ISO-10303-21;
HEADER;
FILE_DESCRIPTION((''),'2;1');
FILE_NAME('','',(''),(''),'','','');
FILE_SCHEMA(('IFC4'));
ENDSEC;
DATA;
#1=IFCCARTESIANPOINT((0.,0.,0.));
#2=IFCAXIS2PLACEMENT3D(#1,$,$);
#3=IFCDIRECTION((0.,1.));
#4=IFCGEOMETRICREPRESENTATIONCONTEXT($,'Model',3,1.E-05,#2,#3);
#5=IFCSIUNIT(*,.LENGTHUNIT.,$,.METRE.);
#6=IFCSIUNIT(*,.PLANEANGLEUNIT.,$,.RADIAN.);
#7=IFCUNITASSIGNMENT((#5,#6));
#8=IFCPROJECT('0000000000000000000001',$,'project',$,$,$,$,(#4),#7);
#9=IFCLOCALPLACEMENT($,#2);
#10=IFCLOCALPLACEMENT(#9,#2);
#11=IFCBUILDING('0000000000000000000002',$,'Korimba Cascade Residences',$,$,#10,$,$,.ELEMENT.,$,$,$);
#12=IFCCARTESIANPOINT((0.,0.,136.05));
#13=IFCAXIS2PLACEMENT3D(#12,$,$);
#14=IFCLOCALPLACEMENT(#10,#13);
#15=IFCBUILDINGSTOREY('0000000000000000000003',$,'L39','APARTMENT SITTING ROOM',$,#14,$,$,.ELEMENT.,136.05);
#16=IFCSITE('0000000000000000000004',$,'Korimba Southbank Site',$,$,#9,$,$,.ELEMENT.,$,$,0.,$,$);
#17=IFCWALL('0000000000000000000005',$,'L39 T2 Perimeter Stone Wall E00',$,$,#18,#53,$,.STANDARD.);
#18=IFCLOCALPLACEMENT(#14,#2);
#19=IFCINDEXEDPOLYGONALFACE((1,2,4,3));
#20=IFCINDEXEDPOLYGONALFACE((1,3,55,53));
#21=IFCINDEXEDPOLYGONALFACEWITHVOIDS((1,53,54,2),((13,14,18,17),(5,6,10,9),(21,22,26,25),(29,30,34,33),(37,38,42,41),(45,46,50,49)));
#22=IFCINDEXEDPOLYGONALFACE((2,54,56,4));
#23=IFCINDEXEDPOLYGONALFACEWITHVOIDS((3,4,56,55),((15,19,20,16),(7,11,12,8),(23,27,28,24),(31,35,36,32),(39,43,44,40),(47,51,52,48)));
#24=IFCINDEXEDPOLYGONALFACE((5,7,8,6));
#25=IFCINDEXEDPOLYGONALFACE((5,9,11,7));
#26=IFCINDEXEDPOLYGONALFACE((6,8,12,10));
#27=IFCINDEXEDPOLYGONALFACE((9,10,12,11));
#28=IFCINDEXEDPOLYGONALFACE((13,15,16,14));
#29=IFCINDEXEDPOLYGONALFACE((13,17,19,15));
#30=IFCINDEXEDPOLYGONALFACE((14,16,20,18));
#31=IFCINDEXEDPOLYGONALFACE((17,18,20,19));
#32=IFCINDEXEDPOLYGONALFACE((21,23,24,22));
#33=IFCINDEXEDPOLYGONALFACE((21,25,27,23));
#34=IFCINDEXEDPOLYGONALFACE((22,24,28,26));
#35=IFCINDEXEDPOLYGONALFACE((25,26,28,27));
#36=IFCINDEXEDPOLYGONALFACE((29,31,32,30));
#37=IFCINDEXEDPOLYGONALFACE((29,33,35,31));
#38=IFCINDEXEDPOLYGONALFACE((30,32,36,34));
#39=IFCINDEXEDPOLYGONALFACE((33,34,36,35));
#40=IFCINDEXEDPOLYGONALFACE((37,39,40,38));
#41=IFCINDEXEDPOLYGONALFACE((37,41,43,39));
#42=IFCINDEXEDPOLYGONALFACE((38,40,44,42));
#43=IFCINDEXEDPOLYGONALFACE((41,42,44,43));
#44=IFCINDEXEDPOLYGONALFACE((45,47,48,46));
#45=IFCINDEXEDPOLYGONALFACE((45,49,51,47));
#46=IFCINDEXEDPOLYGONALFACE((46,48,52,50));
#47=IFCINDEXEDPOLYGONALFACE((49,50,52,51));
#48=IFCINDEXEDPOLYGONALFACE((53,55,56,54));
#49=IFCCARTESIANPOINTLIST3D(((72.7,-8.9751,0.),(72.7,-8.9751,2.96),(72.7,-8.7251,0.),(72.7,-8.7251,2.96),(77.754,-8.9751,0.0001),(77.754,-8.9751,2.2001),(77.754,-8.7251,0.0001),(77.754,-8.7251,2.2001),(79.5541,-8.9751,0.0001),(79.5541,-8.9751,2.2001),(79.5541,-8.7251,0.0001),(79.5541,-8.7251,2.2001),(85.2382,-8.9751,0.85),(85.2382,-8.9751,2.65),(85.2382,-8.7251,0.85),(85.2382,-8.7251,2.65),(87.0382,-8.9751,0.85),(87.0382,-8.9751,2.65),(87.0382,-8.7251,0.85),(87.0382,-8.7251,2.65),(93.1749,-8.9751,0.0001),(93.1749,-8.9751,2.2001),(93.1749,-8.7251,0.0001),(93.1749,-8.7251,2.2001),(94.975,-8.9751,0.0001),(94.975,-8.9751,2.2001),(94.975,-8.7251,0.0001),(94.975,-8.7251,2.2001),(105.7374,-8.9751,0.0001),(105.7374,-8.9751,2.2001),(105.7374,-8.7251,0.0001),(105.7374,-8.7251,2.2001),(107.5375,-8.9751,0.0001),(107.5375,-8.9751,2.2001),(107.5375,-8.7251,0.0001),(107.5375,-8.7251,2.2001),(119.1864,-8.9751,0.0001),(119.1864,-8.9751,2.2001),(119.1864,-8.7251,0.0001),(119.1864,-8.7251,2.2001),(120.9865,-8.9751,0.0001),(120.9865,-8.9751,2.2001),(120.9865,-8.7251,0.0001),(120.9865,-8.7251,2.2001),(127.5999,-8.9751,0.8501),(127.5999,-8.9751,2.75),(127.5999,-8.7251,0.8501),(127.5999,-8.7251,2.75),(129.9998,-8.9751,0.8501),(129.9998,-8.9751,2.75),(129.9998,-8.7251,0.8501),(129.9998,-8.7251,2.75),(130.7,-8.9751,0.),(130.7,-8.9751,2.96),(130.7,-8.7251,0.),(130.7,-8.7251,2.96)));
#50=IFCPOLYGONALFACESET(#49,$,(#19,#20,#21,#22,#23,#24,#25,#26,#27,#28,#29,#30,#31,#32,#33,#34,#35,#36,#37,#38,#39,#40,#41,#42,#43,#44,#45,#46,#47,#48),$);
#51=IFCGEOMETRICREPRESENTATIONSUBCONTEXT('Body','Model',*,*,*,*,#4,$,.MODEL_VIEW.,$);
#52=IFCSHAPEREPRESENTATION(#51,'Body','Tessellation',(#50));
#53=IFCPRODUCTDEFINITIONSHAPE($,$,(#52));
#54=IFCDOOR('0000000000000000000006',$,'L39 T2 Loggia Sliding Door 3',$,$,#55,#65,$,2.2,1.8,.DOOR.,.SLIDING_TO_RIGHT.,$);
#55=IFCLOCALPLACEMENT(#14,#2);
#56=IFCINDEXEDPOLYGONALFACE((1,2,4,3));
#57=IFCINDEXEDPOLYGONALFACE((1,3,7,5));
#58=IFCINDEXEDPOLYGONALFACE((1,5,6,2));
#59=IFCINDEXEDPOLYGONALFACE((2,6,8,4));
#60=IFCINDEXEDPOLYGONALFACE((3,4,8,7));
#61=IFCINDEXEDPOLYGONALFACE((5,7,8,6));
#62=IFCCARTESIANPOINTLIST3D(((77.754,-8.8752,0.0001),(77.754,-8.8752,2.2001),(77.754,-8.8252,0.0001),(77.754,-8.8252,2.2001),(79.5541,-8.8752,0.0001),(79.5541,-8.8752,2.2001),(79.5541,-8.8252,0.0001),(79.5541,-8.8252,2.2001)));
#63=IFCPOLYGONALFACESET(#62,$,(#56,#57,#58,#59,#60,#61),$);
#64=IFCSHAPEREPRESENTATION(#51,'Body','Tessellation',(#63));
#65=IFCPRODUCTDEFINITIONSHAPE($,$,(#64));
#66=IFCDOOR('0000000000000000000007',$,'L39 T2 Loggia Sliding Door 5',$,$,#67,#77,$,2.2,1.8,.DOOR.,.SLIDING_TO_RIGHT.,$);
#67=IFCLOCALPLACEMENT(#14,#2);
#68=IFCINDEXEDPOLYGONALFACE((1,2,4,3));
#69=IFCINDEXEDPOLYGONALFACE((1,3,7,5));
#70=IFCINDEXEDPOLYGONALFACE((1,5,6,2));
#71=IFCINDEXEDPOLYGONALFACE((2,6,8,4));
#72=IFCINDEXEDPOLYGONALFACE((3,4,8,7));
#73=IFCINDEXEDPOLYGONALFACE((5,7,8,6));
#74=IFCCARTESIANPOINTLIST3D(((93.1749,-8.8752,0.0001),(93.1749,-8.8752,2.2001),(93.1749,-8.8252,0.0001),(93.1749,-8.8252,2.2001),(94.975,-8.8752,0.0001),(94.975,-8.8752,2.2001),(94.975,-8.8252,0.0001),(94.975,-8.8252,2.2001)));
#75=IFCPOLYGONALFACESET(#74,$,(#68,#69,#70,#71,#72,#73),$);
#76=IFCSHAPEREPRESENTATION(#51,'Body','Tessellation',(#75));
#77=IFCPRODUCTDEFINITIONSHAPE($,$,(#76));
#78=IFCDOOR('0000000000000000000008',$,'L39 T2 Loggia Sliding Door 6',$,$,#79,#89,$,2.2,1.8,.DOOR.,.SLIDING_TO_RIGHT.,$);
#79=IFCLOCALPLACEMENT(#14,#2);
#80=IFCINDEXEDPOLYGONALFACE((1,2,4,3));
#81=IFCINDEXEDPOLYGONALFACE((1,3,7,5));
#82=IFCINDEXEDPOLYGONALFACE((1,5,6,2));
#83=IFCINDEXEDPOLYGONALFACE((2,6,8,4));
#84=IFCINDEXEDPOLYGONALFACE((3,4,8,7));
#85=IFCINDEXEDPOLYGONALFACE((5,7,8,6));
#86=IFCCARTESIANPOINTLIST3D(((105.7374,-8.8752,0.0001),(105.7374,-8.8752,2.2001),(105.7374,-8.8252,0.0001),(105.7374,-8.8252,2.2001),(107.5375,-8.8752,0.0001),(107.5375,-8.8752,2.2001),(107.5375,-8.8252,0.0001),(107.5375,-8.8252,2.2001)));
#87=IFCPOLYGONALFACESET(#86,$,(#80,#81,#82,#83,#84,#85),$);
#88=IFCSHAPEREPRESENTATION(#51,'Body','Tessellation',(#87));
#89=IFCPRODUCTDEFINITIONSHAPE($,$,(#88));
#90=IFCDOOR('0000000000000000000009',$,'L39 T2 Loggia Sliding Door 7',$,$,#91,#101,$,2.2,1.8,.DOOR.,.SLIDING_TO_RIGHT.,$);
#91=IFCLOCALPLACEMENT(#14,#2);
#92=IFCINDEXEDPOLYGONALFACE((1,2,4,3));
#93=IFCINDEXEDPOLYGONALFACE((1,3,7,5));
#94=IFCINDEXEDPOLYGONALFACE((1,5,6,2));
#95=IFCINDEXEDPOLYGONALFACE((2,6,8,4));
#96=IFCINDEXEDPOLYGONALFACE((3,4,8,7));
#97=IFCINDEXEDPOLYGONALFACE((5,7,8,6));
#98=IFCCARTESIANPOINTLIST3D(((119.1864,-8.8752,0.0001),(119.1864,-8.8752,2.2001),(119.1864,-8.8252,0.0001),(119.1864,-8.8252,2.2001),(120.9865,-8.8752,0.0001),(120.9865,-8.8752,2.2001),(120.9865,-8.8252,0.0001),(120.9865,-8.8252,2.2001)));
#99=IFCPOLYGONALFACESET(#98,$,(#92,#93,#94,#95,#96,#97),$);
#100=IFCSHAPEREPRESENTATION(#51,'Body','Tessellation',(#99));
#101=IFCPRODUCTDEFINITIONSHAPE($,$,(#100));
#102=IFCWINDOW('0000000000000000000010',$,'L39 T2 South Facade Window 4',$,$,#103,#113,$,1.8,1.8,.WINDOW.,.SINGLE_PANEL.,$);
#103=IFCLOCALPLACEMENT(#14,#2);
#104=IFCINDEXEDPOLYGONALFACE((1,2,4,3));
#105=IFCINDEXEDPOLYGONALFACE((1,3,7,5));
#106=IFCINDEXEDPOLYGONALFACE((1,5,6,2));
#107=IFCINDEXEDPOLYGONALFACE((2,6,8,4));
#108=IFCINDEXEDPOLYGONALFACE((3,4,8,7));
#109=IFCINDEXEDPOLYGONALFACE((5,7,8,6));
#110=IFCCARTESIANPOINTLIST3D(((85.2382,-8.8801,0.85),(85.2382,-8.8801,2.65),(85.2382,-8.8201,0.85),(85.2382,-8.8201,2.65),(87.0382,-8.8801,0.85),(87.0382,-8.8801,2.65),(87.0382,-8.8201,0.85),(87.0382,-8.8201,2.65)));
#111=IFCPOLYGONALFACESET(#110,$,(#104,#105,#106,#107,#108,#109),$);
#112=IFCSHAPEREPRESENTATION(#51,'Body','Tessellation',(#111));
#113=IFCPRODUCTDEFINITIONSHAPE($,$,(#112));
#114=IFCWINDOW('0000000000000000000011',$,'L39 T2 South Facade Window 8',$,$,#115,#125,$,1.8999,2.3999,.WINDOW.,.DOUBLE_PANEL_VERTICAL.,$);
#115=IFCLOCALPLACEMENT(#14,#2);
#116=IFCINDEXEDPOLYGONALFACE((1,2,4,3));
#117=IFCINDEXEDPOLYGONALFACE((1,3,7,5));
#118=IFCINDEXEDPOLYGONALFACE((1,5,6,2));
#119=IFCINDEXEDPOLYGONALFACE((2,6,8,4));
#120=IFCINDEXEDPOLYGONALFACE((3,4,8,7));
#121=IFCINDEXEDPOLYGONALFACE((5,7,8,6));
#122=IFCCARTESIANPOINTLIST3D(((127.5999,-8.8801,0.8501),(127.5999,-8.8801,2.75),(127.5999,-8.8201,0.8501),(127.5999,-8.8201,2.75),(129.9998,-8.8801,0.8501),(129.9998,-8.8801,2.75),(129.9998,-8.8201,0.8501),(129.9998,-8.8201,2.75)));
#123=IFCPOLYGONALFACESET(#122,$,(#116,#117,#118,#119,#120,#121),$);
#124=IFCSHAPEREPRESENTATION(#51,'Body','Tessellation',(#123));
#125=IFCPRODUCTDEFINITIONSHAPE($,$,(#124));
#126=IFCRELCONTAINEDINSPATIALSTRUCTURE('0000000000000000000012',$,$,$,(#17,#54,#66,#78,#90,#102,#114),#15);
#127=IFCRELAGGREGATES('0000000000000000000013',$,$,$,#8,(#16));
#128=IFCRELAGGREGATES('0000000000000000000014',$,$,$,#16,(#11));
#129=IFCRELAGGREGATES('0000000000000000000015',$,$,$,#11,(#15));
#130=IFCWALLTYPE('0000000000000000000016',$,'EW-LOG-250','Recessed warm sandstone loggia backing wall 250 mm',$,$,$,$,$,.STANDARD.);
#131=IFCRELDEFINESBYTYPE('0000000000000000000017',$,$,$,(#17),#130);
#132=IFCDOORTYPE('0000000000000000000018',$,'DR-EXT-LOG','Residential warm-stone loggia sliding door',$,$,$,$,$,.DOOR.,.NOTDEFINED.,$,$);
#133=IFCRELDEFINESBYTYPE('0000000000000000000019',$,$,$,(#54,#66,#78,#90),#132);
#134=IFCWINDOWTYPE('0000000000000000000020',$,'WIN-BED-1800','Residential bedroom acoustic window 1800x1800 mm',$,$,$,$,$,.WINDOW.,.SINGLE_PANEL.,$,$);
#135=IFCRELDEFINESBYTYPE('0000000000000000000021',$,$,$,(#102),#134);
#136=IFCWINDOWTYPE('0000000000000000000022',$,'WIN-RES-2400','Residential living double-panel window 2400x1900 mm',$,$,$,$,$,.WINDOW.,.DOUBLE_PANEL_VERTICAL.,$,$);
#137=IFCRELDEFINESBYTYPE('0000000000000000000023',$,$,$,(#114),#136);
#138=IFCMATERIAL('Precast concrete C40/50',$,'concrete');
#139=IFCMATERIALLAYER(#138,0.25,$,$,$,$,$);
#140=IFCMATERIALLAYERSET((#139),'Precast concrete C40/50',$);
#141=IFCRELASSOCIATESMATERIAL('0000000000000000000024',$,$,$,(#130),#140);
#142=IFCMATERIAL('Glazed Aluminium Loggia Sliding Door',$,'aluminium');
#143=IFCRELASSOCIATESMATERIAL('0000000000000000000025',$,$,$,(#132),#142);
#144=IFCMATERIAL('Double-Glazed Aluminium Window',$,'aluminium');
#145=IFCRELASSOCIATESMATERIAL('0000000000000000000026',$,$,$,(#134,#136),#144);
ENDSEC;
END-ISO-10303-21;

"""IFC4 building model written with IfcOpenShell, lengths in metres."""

from ifc_helpers import new_model, si_unit, direction, frame, frame_2d, origin, place, context, subcontext, project, spatial, rectangle, extrude, material, layer, layer_set, type_object, element, fill, save


model = new_model("IFC4")

# Units and contexts
model_context = context("Model", 3, precision=1e-05, world=origin(), true_north=direction((0.0, 1.0)))
body_context = subcontext(model_context, "Body", "Model", "MODEL_VIEW")
ifc_project = project(units=[si_unit("LENGTHUNIT", "METRE"), si_unit("PLANEANGLEUNIT", "RADIAN")], contexts=[model_context])

# Site, building, storey
site_placement = place(None, origin())
site = spatial("IfcSite", under=ifc_project, at=site_placement, Name="Korimba Southbank Site", CompositionType="ELEMENT", RefElevation=0.0)
building_placement = place(site_placement, origin())
building = spatial("IfcBuilding", under=site, at=building_placement, Name="Korimba Cascade Residences", CompositionType="ELEMENT")
storey_placement = place(building_placement, frame((0.0, 0.0, 136.05)))
storey = spatial("IfcBuildingStorey", under=building, at=storey_placement, Name="L39", Description="APARTMENT SITTING ROOM", CompositionType="ELEMENT", Elevation=136.05)

# Shared definitions
ifc_material_1 = material(Name="Precast concrete C40/50", Category="concrete")

# Wall, openings, doors, windows
ifc_layer_1 = layer(ifc_material_1, 0.25)
ifc_layer_set_1 = layer_set([ifc_layer_1], Name="Precast concrete C40/50")
wall_type_1 = type_object("IfcWallType", Name="EW-LOG-250", Description="Recessed warm sandstone loggia backing wall 250 mm", PredefinedType="STANDARD", material=ifc_layer_set_1)
wall_1_placement = place(storey_placement, frame((72.7, -8.8501, 0.0), z_axis=(0.0, 0.0, 1.0), x_axis=(1.0, 0.0, 0.0)))
wall_1 = element("IfcWall", 1, at=wall_1_placement, inside=storey, type_object=wall_type_1, Name="L39 T2 Perimeter Stone Wall E00", PredefinedType="STANDARD", context=body_context, shape_type="SweptSolid", body=[
    extrude(rectangle(XDim=58.0, YDim=0.25, at=frame_2d((29.0, 0.0))), origin(), (0.0, 0.0, 1.0), 2.96),
])
opening_1_placement = place(wall_1_placement, frame((5.0542, 0.0, 0.0)))
opening_1 = element("IfcOpeningElement", 2, at=opening_1_placement, cuts=wall_1, PredefinedType="OPENING", context=body_context, shape_type="SweptSolid", body=[
    extrude(rectangle(XDim=1.8, YDim=2.2, at=frame_2d((0.8999, 1.1001))), frame((0.0, 0.135, 0.0), z_axis=(0.0, -1.0, 0.0), x_axis=(1.0, 0.0, 0.0)), (0.0, 0.0, 1.0), 0.27),
])
opening_2_placement = place(wall_1_placement, frame((12.5383, 0.0, 0.8501)))
opening_2 = element("IfcOpeningElement", 3, at=opening_2_placement, cuts=wall_1, PredefinedType="OPENING", context=body_context, shape_type="SweptSolid", body=[
    extrude(rectangle(XDim=1.8, YDim=1.8, at=frame_2d((0.8999, 0.8999))), frame((0.0, 0.135, 0.0), z_axis=(0.0, -1.0, 0.0), x_axis=(1.0, 0.0, 0.0)), (0.0, 0.0, 1.0), 0.27),
])
opening_3_placement = place(wall_1_placement, frame((20.4751, 0.0, 0.0)))
opening_3 = element("IfcOpeningElement", 4, at=opening_3_placement, cuts=wall_1, PredefinedType="OPENING", context=body_context, shape_type="SweptSolid", body=[
    extrude(rectangle(XDim=1.8, YDim=2.2, at=frame_2d((0.8999, 1.1001))), frame((0.0, 0.135, 0.0), z_axis=(0.0, -1.0, 0.0), x_axis=(1.0, 0.0, 0.0)), (0.0, 0.0, 1.0), 0.27),
])
opening_4_placement = place(wall_1_placement, frame((33.0376, 0.0, 0.0)))
opening_4 = element("IfcOpeningElement", 5, at=opening_4_placement, cuts=wall_1, PredefinedType="OPENING", context=body_context, shape_type="SweptSolid", body=[
    extrude(rectangle(XDim=1.8, YDim=2.2, at=frame_2d((0.8999, 1.1001))), frame((0.0, 0.135, 0.0), z_axis=(0.0, -1.0, 0.0), x_axis=(1.0, 0.0, 0.0)), (0.0, 0.0, 1.0), 0.27),
])
opening_5_placement = place(wall_1_placement, frame((46.4866, 0.0, 0.0)))
opening_5 = element("IfcOpeningElement", 6, at=opening_5_placement, cuts=wall_1, PredefinedType="OPENING", context=body_context, shape_type="SweptSolid", body=[
    extrude(rectangle(XDim=1.8, YDim=2.2, at=frame_2d((0.8999, 1.1001))), frame((0.0, 0.135, 0.0), z_axis=(0.0, -1.0, 0.0), x_axis=(1.0, 0.0, 0.0)), (0.0, 0.0, 1.0), 0.27),
])
opening_6_placement = place(wall_1_placement, frame((54.8999, 0.0, 0.8501)))
opening_6 = element("IfcOpeningElement", 7, at=opening_6_placement, cuts=wall_1, PredefinedType="OPENING", context=body_context, shape_type="SweptSolid", body=[
    extrude(rectangle(XDim=2.3999, YDim=1.8999, at=frame_2d((1.2, 0.95))), frame((0.0, 0.135, 0.0), z_axis=(0.0, -1.0, 0.0), x_axis=(1.0, 0.0, 0.0)), (0.0, 0.0, 1.0), 0.27),
])
ifc_material_2 = material(Name="Glazed Aluminium Loggia Sliding Door", Category="aluminium")
door_type_1 = type_object("IfcDoorType", Name="DR-EXT-LOG", Description="Residential warm-stone loggia sliding door", OperationType="NOTDEFINED", PredefinedType="DOOR", material=ifc_material_2)
door_1_placement = place(opening_1_placement, origin())
door_1 = element("IfcDoor", 8, at=door_1_placement, inside=storey, type_object=door_type_1, Name="L39 T2 Loggia Sliding Door 3", OperationType="SLIDING_TO_RIGHT", OverallHeight=2.2, OverallWidth=1.8, PredefinedType="DOOR", context=body_context, shape_type="SweptSolid", body=[
    extrude(rectangle(XDim=1.8, YDim=2.2, at=frame_2d((0.8999, 1.1001))), frame((0.0, 0.0249, 0.0), z_axis=(0.0, -1.0, 0.0), x_axis=(1.0, 0.0, 0.0)), (0.0, 0.0, 1.0), 0.05),
])
fill(opening_1, door_1)
door_2_placement = place(opening_3_placement, origin())
door_2 = element("IfcDoor", 9, at=door_2_placement, inside=storey, type_object=door_type_1, Name="L39 T2 Loggia Sliding Door 5", OperationType="SLIDING_TO_RIGHT", OverallHeight=2.2, OverallWidth=1.8, PredefinedType="DOOR", context=body_context, shape_type="SweptSolid", body=[
    extrude(rectangle(XDim=1.8, YDim=2.2, at=frame_2d((0.8999, 1.1001))), frame((0.0, 0.0249, 0.0), z_axis=(0.0, -1.0, 0.0), x_axis=(1.0, 0.0, 0.0)), (0.0, 0.0, 1.0), 0.05),
])
fill(opening_3, door_2)
door_3_placement = place(opening_4_placement, origin())
door_3 = element("IfcDoor", 10, at=door_3_placement, inside=storey, type_object=door_type_1, Name="L39 T2 Loggia Sliding Door 6", OperationType="SLIDING_TO_RIGHT", OverallHeight=2.2, OverallWidth=1.8, PredefinedType="DOOR", context=body_context, shape_type="SweptSolid", body=[
    extrude(rectangle(XDim=1.8, YDim=2.2, at=frame_2d((0.8999, 1.1001))), frame((0.0, 0.0249, 0.0), z_axis=(0.0, -1.0, 0.0), x_axis=(1.0, 0.0, 0.0)), (0.0, 0.0, 1.0), 0.05),
])
fill(opening_4, door_3)
door_4_placement = place(opening_5_placement, origin())
door_4 = element("IfcDoor", 11, at=door_4_placement, inside=storey, type_object=door_type_1, Name="L39 T2 Loggia Sliding Door 7", OperationType="SLIDING_TO_RIGHT", OverallHeight=2.2, OverallWidth=1.8, PredefinedType="DOOR", context=body_context, shape_type="SweptSolid", body=[
    extrude(rectangle(XDim=1.8, YDim=2.2, at=frame_2d((0.8999, 1.1001))), frame((0.0, 0.0249, 0.0), z_axis=(0.0, -1.0, 0.0), x_axis=(1.0, 0.0, 0.0)), (0.0, 0.0, 1.0), 0.05),
])
fill(opening_5, door_4)
ifc_material_3 = material(Name="Double-Glazed Aluminium Window", Category="aluminium")
window_type_1 = type_object("IfcWindowType", Name="WIN-BED-1800", Description="Residential bedroom acoustic window 1800x1800 mm", PartitioningType="SINGLE_PANEL", PredefinedType="WINDOW", material=ifc_material_3)
window_1_placement = place(opening_2_placement, origin())
window_1 = element("IfcWindow", 12, at=window_1_placement, inside=storey, type_object=window_type_1, Name="L39 T2 South Facade Window 4", OverallHeight=1.8, OverallWidth=1.8, PartitioningType="SINGLE_PANEL", PredefinedType="WINDOW", context=body_context, shape_type="SweptSolid", body=[
    extrude(rectangle(XDim=1.8, YDim=1.8, at=frame_2d((0.8999, 0.8999))), frame((0.0, 0.03, 0.0), z_axis=(0.0, -1.0, 0.0), x_axis=(1.0, 0.0, 0.0)), (0.0, 0.0, 1.0), 0.0601),
])
fill(opening_2, window_1)
window_type_2 = type_object("IfcWindowType", Name="WIN-RES-2400", Description="Residential living double-panel window 2400x1900 mm", PartitioningType="DOUBLE_PANEL_VERTICAL", PredefinedType="WINDOW", material=ifc_material_3)
window_2_placement = place(opening_6_placement, origin())
window_2 = element("IfcWindow", 13, at=window_2_placement, inside=storey, type_object=window_type_2, Name="L39 T2 South Facade Window 8", OverallHeight=1.8999, OverallWidth=2.3999, PartitioningType="DOUBLE_PANEL_VERTICAL", PredefinedType="WINDOW", context=body_context, shape_type="SweptSolid", body=[
    extrude(rectangle(XDim=2.3999, YDim=1.8999, at=frame_2d((1.2, 0.95))), frame((0.0, 0.03, 0.0), z_axis=(0.0, -1.0, 0.0), x_axis=(1.0, 0.0, 0.0)), (0.0, 0.0, 1.0), 0.0601),
])
fill(opening_6, window_2)

save(model, "model.ifc")
